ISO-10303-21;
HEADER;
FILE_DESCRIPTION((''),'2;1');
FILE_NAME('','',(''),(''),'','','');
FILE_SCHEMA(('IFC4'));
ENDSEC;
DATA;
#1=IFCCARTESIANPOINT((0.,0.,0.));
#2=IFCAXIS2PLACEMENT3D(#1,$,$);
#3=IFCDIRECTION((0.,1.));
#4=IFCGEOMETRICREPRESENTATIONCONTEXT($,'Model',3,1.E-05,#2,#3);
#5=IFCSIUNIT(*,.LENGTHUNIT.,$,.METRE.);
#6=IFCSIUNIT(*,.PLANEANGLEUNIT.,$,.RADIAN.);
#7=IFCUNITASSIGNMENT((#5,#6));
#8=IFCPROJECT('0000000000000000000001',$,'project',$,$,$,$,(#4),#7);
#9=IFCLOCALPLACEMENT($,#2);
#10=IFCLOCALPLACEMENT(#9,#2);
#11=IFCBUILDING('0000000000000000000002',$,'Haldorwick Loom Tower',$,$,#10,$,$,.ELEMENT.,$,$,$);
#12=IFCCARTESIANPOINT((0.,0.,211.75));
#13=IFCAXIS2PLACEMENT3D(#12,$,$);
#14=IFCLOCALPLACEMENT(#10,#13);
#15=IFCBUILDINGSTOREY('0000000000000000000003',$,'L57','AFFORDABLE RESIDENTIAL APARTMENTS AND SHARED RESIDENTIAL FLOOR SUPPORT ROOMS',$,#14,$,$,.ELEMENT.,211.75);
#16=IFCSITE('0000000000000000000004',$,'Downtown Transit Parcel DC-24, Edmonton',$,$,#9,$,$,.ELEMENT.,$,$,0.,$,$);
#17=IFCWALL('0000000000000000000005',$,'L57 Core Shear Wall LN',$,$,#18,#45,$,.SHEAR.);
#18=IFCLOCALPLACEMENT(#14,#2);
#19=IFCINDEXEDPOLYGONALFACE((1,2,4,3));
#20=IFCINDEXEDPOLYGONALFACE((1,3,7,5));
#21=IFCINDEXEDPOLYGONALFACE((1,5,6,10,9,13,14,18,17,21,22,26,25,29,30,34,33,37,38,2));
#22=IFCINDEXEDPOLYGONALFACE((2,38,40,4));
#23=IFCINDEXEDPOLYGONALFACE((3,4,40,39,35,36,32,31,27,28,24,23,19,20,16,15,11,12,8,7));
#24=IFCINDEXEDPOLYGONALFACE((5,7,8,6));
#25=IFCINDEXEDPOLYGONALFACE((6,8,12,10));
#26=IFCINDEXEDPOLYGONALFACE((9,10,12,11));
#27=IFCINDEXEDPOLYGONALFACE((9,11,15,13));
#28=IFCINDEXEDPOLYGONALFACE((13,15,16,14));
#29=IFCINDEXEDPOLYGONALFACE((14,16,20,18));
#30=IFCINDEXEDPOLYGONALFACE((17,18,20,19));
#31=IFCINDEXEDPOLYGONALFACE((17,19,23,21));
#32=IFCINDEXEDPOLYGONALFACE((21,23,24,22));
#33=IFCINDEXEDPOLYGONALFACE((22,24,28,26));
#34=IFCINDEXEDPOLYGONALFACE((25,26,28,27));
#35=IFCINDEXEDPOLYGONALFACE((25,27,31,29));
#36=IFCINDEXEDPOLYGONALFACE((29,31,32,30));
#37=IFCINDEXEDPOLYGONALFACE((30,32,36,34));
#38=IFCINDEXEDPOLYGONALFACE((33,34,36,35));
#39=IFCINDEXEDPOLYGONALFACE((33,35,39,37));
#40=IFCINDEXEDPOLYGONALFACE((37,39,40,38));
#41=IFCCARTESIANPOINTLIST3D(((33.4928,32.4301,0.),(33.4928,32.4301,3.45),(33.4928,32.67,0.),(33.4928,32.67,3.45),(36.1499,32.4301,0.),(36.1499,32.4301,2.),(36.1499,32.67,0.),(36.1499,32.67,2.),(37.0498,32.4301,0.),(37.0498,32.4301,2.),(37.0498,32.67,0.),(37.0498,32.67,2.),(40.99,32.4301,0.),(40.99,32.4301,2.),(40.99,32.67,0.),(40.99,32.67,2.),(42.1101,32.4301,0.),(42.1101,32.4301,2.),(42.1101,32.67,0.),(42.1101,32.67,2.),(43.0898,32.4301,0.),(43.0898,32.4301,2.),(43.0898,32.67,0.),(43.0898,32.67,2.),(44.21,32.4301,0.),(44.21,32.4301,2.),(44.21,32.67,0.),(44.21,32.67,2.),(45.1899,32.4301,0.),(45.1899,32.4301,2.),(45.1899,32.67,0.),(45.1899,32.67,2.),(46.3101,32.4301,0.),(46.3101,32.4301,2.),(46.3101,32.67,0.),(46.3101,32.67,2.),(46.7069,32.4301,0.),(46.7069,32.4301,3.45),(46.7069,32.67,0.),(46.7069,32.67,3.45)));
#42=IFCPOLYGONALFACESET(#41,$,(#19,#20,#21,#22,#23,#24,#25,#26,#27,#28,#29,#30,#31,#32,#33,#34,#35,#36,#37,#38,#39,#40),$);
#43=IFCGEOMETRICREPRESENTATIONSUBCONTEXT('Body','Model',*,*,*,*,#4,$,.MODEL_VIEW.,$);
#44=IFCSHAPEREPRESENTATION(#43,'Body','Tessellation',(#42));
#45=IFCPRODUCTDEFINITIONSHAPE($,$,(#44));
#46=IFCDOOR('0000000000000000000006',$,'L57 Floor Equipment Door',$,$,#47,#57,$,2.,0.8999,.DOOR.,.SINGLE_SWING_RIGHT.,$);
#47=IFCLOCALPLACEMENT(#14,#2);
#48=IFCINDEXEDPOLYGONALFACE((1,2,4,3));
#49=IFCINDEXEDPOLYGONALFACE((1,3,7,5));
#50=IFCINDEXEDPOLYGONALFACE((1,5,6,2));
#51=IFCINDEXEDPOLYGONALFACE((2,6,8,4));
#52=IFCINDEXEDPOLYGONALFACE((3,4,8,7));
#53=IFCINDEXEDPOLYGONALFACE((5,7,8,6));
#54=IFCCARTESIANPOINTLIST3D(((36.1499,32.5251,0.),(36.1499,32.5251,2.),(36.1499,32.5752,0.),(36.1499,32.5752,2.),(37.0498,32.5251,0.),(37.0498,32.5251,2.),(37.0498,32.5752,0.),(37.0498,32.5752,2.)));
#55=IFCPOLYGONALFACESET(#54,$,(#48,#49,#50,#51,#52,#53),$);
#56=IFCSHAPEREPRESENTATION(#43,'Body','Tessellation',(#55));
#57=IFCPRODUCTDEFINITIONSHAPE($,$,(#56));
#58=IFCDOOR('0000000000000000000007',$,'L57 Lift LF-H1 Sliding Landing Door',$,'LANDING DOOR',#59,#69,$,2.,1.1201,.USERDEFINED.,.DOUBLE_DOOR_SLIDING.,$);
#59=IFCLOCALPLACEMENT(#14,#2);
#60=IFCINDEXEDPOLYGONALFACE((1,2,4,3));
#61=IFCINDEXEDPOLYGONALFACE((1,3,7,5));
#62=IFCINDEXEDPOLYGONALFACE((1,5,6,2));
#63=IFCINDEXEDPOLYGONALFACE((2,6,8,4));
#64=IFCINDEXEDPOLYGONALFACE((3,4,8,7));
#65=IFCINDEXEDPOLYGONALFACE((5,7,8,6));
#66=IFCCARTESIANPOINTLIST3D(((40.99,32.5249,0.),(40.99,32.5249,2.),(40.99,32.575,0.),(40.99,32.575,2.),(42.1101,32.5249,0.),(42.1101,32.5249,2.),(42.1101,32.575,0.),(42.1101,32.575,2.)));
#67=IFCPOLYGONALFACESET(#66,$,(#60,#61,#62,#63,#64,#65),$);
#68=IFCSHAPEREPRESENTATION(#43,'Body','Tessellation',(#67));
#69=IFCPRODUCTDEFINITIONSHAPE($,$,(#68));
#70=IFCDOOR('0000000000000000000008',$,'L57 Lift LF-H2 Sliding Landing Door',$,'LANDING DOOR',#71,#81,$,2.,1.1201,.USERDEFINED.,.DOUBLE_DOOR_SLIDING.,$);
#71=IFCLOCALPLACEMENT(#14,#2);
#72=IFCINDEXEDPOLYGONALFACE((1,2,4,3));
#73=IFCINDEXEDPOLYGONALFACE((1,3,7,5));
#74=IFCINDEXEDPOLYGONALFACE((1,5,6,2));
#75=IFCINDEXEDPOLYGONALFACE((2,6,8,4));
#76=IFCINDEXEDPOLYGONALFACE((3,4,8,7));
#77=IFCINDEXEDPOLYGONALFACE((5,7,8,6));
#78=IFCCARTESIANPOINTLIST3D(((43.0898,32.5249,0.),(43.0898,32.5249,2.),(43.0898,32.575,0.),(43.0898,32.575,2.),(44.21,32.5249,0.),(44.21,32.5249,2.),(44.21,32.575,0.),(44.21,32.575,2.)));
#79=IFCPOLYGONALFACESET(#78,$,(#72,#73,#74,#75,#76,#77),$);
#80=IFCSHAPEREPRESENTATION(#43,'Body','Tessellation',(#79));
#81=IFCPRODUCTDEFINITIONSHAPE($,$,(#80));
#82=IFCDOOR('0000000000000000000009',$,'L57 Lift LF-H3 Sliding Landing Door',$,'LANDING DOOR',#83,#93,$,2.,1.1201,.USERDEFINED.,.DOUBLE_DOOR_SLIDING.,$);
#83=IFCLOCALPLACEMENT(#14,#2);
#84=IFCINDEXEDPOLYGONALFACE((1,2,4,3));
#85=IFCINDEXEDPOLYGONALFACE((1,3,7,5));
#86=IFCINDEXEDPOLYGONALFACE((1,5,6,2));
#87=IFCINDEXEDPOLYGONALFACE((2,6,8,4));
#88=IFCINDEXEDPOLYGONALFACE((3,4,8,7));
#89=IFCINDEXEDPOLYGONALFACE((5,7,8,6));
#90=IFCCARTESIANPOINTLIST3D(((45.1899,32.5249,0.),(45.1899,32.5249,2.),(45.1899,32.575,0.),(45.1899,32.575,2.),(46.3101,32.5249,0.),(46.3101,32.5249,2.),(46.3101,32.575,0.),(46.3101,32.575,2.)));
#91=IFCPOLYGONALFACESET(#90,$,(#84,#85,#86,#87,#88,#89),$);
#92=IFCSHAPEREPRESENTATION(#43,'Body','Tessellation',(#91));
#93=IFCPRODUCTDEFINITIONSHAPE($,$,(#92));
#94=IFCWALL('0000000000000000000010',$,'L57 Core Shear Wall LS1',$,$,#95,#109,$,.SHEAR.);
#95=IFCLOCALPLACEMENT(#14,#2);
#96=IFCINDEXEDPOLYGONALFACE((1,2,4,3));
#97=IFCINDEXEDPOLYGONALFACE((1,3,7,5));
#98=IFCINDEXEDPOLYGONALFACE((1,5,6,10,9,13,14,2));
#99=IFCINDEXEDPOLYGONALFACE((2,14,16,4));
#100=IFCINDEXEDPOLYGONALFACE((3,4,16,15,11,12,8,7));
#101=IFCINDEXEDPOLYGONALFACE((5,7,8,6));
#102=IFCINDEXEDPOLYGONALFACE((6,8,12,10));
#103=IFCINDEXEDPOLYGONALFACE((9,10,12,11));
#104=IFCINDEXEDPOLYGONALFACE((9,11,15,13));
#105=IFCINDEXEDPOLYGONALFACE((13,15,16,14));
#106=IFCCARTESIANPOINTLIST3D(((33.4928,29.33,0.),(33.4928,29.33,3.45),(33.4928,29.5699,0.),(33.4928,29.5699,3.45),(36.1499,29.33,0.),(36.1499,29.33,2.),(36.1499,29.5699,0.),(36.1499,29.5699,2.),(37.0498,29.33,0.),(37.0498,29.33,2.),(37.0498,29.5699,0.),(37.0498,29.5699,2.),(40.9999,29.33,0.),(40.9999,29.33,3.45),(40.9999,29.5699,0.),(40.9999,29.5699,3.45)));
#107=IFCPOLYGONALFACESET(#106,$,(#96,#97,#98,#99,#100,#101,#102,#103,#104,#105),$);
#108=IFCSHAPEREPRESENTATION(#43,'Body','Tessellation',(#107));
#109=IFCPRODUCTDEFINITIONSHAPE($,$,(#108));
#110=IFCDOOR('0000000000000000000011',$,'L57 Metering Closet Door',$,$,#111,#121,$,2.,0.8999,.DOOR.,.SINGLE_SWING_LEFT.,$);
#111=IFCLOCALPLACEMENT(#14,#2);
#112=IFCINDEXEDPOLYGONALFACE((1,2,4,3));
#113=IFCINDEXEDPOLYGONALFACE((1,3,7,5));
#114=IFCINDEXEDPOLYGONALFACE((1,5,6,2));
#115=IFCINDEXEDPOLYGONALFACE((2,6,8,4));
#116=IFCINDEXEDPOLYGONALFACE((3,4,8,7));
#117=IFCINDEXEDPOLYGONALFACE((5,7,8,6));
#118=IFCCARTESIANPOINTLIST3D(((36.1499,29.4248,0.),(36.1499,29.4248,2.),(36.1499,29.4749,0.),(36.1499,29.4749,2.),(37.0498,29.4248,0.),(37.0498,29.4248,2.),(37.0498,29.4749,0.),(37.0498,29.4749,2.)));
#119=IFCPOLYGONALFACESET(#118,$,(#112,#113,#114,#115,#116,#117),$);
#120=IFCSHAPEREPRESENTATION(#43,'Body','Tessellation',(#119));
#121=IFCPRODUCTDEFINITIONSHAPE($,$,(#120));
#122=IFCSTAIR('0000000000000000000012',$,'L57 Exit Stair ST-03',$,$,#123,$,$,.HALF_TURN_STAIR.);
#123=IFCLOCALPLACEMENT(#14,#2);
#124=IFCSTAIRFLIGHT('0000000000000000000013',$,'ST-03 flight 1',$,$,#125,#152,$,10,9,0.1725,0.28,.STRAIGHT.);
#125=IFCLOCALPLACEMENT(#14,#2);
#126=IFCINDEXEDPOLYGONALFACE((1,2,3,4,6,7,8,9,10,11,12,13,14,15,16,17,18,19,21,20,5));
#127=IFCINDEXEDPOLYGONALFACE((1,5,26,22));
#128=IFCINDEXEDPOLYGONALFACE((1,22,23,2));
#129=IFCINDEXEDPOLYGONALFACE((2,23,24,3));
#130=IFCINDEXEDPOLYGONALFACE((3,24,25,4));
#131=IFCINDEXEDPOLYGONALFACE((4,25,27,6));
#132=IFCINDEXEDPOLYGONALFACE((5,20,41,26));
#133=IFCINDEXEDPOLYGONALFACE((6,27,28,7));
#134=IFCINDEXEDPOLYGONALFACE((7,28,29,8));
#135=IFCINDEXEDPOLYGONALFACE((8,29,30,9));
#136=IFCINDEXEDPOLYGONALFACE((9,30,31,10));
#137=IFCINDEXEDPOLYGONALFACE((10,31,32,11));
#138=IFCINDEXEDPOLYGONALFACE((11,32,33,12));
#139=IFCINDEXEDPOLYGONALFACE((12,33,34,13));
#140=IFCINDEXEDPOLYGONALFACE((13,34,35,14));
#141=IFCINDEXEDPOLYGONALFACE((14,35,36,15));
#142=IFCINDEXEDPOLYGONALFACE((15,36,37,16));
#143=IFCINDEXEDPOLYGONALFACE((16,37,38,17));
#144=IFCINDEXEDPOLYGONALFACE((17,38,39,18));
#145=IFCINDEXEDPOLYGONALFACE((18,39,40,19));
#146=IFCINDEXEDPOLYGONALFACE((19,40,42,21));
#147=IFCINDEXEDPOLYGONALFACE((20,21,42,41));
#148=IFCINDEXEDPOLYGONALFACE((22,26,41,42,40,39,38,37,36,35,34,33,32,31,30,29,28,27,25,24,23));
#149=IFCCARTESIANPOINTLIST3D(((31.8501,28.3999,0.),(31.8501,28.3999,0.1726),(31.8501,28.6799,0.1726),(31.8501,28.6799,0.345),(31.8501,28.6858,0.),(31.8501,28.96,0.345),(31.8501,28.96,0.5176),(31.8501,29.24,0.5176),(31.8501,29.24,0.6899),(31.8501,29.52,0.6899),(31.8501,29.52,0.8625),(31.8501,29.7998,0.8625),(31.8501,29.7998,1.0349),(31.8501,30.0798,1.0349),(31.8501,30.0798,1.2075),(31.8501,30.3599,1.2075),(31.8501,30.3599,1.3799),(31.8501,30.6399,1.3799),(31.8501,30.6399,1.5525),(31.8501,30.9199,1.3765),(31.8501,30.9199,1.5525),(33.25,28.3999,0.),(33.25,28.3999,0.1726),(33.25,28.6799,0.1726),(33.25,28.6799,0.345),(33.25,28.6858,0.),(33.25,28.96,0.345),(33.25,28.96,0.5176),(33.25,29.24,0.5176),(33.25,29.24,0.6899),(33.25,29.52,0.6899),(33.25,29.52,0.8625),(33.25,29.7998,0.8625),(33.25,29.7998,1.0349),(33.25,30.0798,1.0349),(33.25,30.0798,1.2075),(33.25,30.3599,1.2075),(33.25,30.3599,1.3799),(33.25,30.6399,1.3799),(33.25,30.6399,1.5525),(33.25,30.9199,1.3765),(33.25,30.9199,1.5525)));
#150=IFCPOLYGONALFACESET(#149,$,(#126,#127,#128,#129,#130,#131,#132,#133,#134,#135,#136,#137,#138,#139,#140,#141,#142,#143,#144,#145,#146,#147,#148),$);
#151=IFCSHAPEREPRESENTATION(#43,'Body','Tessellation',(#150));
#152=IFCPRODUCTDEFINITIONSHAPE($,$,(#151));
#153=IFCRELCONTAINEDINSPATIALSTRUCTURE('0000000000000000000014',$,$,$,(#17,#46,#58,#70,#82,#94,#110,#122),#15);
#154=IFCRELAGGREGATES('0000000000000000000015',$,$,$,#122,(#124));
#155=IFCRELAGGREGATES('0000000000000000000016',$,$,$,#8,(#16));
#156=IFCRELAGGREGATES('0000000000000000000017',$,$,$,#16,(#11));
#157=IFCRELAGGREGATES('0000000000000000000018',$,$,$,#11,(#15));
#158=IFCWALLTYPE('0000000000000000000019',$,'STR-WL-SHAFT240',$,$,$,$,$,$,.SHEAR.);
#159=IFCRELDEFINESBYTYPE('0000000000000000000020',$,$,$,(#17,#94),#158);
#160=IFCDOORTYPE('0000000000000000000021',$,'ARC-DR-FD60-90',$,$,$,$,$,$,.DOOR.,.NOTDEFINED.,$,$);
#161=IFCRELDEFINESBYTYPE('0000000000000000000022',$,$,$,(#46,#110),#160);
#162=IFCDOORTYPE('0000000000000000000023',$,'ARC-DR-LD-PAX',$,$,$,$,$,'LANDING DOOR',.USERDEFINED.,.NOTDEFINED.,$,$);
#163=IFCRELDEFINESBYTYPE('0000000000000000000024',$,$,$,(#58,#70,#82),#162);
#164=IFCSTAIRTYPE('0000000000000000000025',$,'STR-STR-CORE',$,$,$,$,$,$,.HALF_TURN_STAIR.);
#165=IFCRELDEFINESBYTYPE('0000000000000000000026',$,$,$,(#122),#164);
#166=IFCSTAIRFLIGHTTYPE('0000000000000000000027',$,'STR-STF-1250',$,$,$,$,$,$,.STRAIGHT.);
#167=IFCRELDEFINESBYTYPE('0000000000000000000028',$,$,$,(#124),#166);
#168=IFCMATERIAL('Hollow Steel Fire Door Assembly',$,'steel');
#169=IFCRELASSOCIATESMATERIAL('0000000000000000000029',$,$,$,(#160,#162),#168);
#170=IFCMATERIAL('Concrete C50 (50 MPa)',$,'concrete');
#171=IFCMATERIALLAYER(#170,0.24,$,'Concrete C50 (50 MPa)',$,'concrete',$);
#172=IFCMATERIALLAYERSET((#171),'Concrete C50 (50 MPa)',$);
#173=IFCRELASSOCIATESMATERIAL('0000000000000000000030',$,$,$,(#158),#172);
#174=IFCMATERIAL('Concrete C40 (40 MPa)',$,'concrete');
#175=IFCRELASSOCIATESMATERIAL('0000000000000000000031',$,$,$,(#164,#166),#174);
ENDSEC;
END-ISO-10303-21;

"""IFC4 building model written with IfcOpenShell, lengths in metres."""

from ifc_helpers import new_model, si_unit, direction, frame, frame_2d, origin, place, context, subcontext, project, spatial, polyline, rectangle, outline, extrude, material, layer, layer_set, type_object, element, fill, aggregate, save


model = new_model("IFC4")

# Units and contexts
model_context = context("Model", 3, precision=1e-05, world=origin(), true_north=direction((0.0, 1.0)))
body_context = subcontext(model_context, "Body", "Model", "MODEL_VIEW")
ifc_project = project(units=[si_unit("LENGTHUNIT", "METRE"), si_unit("PLANEANGLEUNIT", "RADIAN")], contexts=[model_context])

# Site, building, storey
site_placement = place(None, origin())
site = spatial("IfcSite", under=ifc_project, at=site_placement, Name="Downtown Transit Parcel DC-24, Edmonton", CompositionType="ELEMENT", RefElevation=0.0)
building_placement = place(site_placement, origin())
building = spatial("IfcBuilding", under=site, at=building_placement, Name="Haldorwick Loom Tower", CompositionType="ELEMENT")
storey_placement = place(building_placement, frame((0.0, 0.0, 211.75)))
storey = spatial("IfcBuildingStorey", under=building, at=storey_placement, Name="L57", Description="AFFORDABLE RESIDENTIAL APARTMENTS AND SHARED RESIDENTIAL FLOOR SUPPORT ROOMS", CompositionType="ELEMENT", Elevation=211.75)

# Shared definitions
ifc_material_1 = material(Name="Hollow Steel Fire Door Assembly", Category="steel")
door_type_1 = type_object("IfcDoorType", Name="ARC-DR-FD60-90", OperationType="NOTDEFINED", PredefinedType="DOOR", material=ifc_material_1)

# Shared definitions
ifc_material_2 = material(Name="Concrete C50 (50 MPa)", Category="concrete")
ifc_layer_1 = layer(ifc_material_2, 0.24, Name="Concrete C50 (50 MPa)", Category="concrete")
ifc_layer_set_1 = layer_set([ifc_layer_1], Name="Concrete C50 (50 MPa)")
wall_type_1 = type_object("IfcWallType", Name="STR-WL-SHAFT240", PredefinedType="SHEAR", material=ifc_layer_set_1)

# Wall, openings, doors
wall_1_placement = place(storey_placement, frame((33.4929, 32.55, 0.0), z_axis=(0.0, 0.0, 1.0), x_axis=(1.0, 0.0, 0.0)))
wall_1 = element("IfcWall", 1, at=wall_1_placement, inside=storey, type_object=wall_type_1, Name="L57 Core Shear Wall LN", PredefinedType="SHEAR", context=body_context, shape_type="SweptSolid", body=[
    extrude(rectangle(XDim=13.2141, YDim=0.24, at=frame_2d((6.6069, 0.0))), origin(), (0.0, 0.0, 1.0), 3.45),
])
opening_1_placement = place(wall_1_placement, frame((2.657, 0.0, 0.0)))
opening_1 = element("IfcOpeningElement", 2, at=opening_1_placement, cuts=wall_1, PredefinedType="OPENING", context=body_context, shape_type="SweptSolid", body=[
    extrude(rectangle(XDim=0.8999, YDim=2.0, at=frame_2d((0.45, 1.0))), frame((0.0, 0.1299, 0.0), z_axis=(0.0, -1.0, 0.0), x_axis=(1.0, 0.0, 0.0)), (0.0, 0.0, 1.0), 0.26),
])
opening_2_placement = place(wall_1_placement, frame((7.4971, 0.0, 0.0)))
opening_2 = element("IfcOpeningElement", 3, at=opening_2_placement, cuts=wall_1, PredefinedType="OPENING", context=body_context, shape_type="SweptSolid", body=[
    extrude(rectangle(XDim=1.1201, YDim=2.0, at=frame_2d((0.5601, 1.0))), frame((0.0, 0.1299, 0.0), z_axis=(0.0, -1.0, 0.0), x_axis=(1.0, 0.0, 0.0)), (0.0, 0.0, 1.0), 0.26),
])
opening_3_placement = place(wall_1_placement, frame((9.5969, 0.0, 0.0)))
opening_3 = element("IfcOpeningElement", 4, at=opening_3_placement, cuts=wall_1, PredefinedType="OPENING", context=body_context, shape_type="SweptSolid", body=[
    extrude(rectangle(XDim=1.1201, YDim=2.0, at=frame_2d((0.5601, 1.0))), frame((0.0, 0.1299, 0.0), z_axis=(0.0, -1.0, 0.0), x_axis=(1.0, 0.0, 0.0)), (0.0, 0.0, 1.0), 0.26),
])
opening_4_placement = place(wall_1_placement, frame((11.697, 0.0, 0.0)))
opening_4 = element("IfcOpeningElement", 5, at=opening_4_placement, cuts=wall_1, PredefinedType="OPENING", context=body_context, shape_type="SweptSolid", body=[
    extrude(rectangle(XDim=1.1201, YDim=2.0, at=frame_2d((0.5601, 1.0))), frame((0.0, 0.1299, 0.0), z_axis=(0.0, -1.0, 0.0), x_axis=(1.0, 0.0, 0.0)), (0.0, 0.0, 1.0), 0.26),
])
door_1_placement = place(opening_1_placement, frame((0.8999, 0.0, 0.0), z_axis=(0.0, 0.0, 1.0), x_axis=(-1.0, 0.0, 0.0)))
door_1 = element("IfcDoor", 6, at=door_1_placement, inside=storey, type_object=door_type_1, Name="L57 Floor Equipment Door", OperationType="SINGLE_SWING_RIGHT", OverallHeight=2.0, OverallWidth=0.8999, PredefinedType="DOOR", context=body_context, shape_type="SweptSolid", body=[
    extrude(rectangle(XDim=0.8999, YDim=2.0, at=frame_2d((0.45, 1.0))), frame((0.0, 0.0249, 0.0), z_axis=(0.0, -1.0, 0.0), x_axis=(1.0, 0.0, 0.0)), (0.0, 0.0, 1.0), 0.05),
])
fill(opening_1, door_1)
door_type_2 = type_object("IfcDoorType", Name="ARC-DR-LD-PAX", ElementType="LANDING DOOR", OperationType="NOTDEFINED", PredefinedType="USERDEFINED", material=ifc_material_1)
door_2_placement = place(opening_2_placement, origin())
door_2 = element("IfcDoor", 7, at=door_2_placement, inside=storey, type_object=door_type_2, Name="L57 Lift LF-H1 Sliding Landing Door", ObjectType="LANDING DOOR", OperationType="DOUBLE_DOOR_SLIDING", OverallHeight=2.0, OverallWidth=1.1201, PredefinedType="USERDEFINED", context=body_context, shape_type="SweptSolid", body=[
    extrude(rectangle(XDim=1.1201, YDim=2.0, at=frame_2d((0.5601, 1.0))), frame((0.0, 0.0249, 0.0), z_axis=(0.0, -1.0, 0.0), x_axis=(1.0, 0.0, 0.0)), (0.0, 0.0, 1.0), 0.05),
])
fill(opening_2, door_2)
door_3_placement = place(opening_3_placement, origin())
door_3 = element("IfcDoor", 8, at=door_3_placement, inside=storey, type_object=door_type_2, Name="L57 Lift LF-H2 Sliding Landing Door", ObjectType="LANDING DOOR", OperationType="DOUBLE_DOOR_SLIDING", OverallHeight=2.0, OverallWidth=1.1201, PredefinedType="USERDEFINED", context=body_context, shape_type="SweptSolid", body=[
    extrude(rectangle(XDim=1.1201, YDim=2.0, at=frame_2d((0.5601, 1.0))), frame((0.0, 0.0249, 0.0), z_axis=(0.0, -1.0, 0.0), x_axis=(1.0, 0.0, 0.0)), (0.0, 0.0, 1.0), 0.05),
])
fill(opening_3, door_3)
door_4_placement = place(opening_4_placement, origin())
door_4 = element("IfcDoor", 9, at=door_4_placement, inside=storey, type_object=door_type_2, Name="L57 Lift LF-H3 Sliding Landing Door", ObjectType="LANDING DOOR", OperationType="DOUBLE_DOOR_SLIDING", OverallHeight=2.0, OverallWidth=1.1201, PredefinedType="USERDEFINED", context=body_context, shape_type="SweptSolid", body=[
    extrude(rectangle(XDim=1.1201, YDim=2.0, at=frame_2d((0.5601, 1.0))), frame((0.0, 0.0249, 0.0), z_axis=(0.0, -1.0, 0.0), x_axis=(1.0, 0.0, 0.0)), (0.0, 0.0, 1.0), 0.05),
])
fill(opening_4, door_4)

# Wall, opening, door
wall_2_placement = place(storey_placement, frame((33.4929, 29.45, 0.0), z_axis=(0.0, 0.0, 1.0), x_axis=(1.0, 0.0, 0.0)))
wall_2 = element("IfcWall", 10, at=wall_2_placement, inside=storey, type_object=wall_type_1, Name="L57 Core Shear Wall LS1", PredefinedType="SHEAR", context=body_context, shape_type="SweptSolid", body=[
    extrude(rectangle(XDim=7.5071, YDim=0.24, at=frame_2d((3.7534, 0.0))), origin(), (0.0, 0.0, 1.0), 3.45),
])
opening_5_placement = place(wall_2_placement, frame((2.657, 0.0, 0.0)))
opening_5 = element("IfcOpeningElement", 11, at=opening_5_placement, cuts=wall_2, PredefinedType="OPENING", context=body_context, shape_type="SweptSolid", body=[
    extrude(rectangle(XDim=0.8999, YDim=2.0, at=frame_2d((0.45, 1.0))), frame((0.0, 0.1299, 0.0), z_axis=(0.0, -1.0, 0.0), x_axis=(1.0, 0.0, 0.0)), (0.0, 0.0, 1.0), 0.26),
])
door_5_placement = place(opening_5_placement, origin())
door_5 = element("IfcDoor", 12, at=door_5_placement, inside=storey, type_object=door_type_1, Name="L57 Metering Closet Door", OperationType="SINGLE_SWING_LEFT", OverallHeight=2.0, OverallWidth=0.8999, PredefinedType="DOOR", context=body_context, shape_type="SweptSolid", body=[
    extrude(rectangle(XDim=0.8999, YDim=2.0, at=frame_2d((0.45, 1.0))), frame((0.0, 0.0249, 0.0), z_axis=(0.0, -1.0, 0.0), x_axis=(1.0, 0.0, 0.0)), (0.0, 0.0, 1.0), 0.05),
])
fill(opening_5, door_5)

# Stair, stair flight
ifc_material_3 = material(Name="Concrete C40 (40 MPa)", Category="concrete")
stair_type = type_object("IfcStairType", Name="STR-STR-CORE", PredefinedType="HALF_TURN_STAIR", material=ifc_material_3)
stair_placement = place(storey_placement, origin())
stair = element("IfcStair", 13, at=stair_placement, inside=storey, type_object=stair_type, Name="L57 Exit Stair ST-03", PredefinedType="HALF_TURN_STAIR")
stair_flight_type = type_object("IfcStairFlightType", Name="STR-STF-1250", PredefinedType="STRAIGHT", material=ifc_material_3)
stair_flight_1_placement = place(storey_placement, frame((32.55, 28.3999, 0.0), z_axis=(0.0, 0.0, 1.0), x_axis=(0.0, 1.0, 0.0)))
stair_flight_1 = element("IfcStairFlight", 14, at=stair_flight_1_placement, type_object=stair_flight_type, Name="ST-03 flight 1", NumberOfRisers=10, NumberOfTreads=9, PredefinedType="STRAIGHT", RiserHeight=0.1725, TreadLength=0.28, context=body_context, shape_type="SweptSolid", body=[
    extrude(outline(polyline([(0.0, 0.0), (0.0, 0.1726), (0.28, 0.1726), (0.28, 0.345), (0.5601, 0.345), (0.5601, 0.5176), (0.8401, 0.5176), (0.8401, 0.6899), (1.1201, 0.6899), (1.1201, 0.8625), (1.3999, 0.8625), (1.3999, 1.0349), (1.6799, 1.0349), (1.6799, 1.2075), (1.96, 1.2075), (1.96, 1.3799), (2.24, 1.3799), (2.24, 1.5525), (2.52, 1.5525), (2.52, 1.7251), (2.52, 1.3765), (0.2859, 0.0), (0.0, 0.0)])), frame((0.0, 0.7, 0.0), z_axis=(0.0, -1.0, 0.0), x_axis=(1.0, 0.0, 0.0)), (0.0, 0.0, 1.0), 1.3999),
])
aggregate(stair, [stair_flight_1])

save(model, "model.ifc")
